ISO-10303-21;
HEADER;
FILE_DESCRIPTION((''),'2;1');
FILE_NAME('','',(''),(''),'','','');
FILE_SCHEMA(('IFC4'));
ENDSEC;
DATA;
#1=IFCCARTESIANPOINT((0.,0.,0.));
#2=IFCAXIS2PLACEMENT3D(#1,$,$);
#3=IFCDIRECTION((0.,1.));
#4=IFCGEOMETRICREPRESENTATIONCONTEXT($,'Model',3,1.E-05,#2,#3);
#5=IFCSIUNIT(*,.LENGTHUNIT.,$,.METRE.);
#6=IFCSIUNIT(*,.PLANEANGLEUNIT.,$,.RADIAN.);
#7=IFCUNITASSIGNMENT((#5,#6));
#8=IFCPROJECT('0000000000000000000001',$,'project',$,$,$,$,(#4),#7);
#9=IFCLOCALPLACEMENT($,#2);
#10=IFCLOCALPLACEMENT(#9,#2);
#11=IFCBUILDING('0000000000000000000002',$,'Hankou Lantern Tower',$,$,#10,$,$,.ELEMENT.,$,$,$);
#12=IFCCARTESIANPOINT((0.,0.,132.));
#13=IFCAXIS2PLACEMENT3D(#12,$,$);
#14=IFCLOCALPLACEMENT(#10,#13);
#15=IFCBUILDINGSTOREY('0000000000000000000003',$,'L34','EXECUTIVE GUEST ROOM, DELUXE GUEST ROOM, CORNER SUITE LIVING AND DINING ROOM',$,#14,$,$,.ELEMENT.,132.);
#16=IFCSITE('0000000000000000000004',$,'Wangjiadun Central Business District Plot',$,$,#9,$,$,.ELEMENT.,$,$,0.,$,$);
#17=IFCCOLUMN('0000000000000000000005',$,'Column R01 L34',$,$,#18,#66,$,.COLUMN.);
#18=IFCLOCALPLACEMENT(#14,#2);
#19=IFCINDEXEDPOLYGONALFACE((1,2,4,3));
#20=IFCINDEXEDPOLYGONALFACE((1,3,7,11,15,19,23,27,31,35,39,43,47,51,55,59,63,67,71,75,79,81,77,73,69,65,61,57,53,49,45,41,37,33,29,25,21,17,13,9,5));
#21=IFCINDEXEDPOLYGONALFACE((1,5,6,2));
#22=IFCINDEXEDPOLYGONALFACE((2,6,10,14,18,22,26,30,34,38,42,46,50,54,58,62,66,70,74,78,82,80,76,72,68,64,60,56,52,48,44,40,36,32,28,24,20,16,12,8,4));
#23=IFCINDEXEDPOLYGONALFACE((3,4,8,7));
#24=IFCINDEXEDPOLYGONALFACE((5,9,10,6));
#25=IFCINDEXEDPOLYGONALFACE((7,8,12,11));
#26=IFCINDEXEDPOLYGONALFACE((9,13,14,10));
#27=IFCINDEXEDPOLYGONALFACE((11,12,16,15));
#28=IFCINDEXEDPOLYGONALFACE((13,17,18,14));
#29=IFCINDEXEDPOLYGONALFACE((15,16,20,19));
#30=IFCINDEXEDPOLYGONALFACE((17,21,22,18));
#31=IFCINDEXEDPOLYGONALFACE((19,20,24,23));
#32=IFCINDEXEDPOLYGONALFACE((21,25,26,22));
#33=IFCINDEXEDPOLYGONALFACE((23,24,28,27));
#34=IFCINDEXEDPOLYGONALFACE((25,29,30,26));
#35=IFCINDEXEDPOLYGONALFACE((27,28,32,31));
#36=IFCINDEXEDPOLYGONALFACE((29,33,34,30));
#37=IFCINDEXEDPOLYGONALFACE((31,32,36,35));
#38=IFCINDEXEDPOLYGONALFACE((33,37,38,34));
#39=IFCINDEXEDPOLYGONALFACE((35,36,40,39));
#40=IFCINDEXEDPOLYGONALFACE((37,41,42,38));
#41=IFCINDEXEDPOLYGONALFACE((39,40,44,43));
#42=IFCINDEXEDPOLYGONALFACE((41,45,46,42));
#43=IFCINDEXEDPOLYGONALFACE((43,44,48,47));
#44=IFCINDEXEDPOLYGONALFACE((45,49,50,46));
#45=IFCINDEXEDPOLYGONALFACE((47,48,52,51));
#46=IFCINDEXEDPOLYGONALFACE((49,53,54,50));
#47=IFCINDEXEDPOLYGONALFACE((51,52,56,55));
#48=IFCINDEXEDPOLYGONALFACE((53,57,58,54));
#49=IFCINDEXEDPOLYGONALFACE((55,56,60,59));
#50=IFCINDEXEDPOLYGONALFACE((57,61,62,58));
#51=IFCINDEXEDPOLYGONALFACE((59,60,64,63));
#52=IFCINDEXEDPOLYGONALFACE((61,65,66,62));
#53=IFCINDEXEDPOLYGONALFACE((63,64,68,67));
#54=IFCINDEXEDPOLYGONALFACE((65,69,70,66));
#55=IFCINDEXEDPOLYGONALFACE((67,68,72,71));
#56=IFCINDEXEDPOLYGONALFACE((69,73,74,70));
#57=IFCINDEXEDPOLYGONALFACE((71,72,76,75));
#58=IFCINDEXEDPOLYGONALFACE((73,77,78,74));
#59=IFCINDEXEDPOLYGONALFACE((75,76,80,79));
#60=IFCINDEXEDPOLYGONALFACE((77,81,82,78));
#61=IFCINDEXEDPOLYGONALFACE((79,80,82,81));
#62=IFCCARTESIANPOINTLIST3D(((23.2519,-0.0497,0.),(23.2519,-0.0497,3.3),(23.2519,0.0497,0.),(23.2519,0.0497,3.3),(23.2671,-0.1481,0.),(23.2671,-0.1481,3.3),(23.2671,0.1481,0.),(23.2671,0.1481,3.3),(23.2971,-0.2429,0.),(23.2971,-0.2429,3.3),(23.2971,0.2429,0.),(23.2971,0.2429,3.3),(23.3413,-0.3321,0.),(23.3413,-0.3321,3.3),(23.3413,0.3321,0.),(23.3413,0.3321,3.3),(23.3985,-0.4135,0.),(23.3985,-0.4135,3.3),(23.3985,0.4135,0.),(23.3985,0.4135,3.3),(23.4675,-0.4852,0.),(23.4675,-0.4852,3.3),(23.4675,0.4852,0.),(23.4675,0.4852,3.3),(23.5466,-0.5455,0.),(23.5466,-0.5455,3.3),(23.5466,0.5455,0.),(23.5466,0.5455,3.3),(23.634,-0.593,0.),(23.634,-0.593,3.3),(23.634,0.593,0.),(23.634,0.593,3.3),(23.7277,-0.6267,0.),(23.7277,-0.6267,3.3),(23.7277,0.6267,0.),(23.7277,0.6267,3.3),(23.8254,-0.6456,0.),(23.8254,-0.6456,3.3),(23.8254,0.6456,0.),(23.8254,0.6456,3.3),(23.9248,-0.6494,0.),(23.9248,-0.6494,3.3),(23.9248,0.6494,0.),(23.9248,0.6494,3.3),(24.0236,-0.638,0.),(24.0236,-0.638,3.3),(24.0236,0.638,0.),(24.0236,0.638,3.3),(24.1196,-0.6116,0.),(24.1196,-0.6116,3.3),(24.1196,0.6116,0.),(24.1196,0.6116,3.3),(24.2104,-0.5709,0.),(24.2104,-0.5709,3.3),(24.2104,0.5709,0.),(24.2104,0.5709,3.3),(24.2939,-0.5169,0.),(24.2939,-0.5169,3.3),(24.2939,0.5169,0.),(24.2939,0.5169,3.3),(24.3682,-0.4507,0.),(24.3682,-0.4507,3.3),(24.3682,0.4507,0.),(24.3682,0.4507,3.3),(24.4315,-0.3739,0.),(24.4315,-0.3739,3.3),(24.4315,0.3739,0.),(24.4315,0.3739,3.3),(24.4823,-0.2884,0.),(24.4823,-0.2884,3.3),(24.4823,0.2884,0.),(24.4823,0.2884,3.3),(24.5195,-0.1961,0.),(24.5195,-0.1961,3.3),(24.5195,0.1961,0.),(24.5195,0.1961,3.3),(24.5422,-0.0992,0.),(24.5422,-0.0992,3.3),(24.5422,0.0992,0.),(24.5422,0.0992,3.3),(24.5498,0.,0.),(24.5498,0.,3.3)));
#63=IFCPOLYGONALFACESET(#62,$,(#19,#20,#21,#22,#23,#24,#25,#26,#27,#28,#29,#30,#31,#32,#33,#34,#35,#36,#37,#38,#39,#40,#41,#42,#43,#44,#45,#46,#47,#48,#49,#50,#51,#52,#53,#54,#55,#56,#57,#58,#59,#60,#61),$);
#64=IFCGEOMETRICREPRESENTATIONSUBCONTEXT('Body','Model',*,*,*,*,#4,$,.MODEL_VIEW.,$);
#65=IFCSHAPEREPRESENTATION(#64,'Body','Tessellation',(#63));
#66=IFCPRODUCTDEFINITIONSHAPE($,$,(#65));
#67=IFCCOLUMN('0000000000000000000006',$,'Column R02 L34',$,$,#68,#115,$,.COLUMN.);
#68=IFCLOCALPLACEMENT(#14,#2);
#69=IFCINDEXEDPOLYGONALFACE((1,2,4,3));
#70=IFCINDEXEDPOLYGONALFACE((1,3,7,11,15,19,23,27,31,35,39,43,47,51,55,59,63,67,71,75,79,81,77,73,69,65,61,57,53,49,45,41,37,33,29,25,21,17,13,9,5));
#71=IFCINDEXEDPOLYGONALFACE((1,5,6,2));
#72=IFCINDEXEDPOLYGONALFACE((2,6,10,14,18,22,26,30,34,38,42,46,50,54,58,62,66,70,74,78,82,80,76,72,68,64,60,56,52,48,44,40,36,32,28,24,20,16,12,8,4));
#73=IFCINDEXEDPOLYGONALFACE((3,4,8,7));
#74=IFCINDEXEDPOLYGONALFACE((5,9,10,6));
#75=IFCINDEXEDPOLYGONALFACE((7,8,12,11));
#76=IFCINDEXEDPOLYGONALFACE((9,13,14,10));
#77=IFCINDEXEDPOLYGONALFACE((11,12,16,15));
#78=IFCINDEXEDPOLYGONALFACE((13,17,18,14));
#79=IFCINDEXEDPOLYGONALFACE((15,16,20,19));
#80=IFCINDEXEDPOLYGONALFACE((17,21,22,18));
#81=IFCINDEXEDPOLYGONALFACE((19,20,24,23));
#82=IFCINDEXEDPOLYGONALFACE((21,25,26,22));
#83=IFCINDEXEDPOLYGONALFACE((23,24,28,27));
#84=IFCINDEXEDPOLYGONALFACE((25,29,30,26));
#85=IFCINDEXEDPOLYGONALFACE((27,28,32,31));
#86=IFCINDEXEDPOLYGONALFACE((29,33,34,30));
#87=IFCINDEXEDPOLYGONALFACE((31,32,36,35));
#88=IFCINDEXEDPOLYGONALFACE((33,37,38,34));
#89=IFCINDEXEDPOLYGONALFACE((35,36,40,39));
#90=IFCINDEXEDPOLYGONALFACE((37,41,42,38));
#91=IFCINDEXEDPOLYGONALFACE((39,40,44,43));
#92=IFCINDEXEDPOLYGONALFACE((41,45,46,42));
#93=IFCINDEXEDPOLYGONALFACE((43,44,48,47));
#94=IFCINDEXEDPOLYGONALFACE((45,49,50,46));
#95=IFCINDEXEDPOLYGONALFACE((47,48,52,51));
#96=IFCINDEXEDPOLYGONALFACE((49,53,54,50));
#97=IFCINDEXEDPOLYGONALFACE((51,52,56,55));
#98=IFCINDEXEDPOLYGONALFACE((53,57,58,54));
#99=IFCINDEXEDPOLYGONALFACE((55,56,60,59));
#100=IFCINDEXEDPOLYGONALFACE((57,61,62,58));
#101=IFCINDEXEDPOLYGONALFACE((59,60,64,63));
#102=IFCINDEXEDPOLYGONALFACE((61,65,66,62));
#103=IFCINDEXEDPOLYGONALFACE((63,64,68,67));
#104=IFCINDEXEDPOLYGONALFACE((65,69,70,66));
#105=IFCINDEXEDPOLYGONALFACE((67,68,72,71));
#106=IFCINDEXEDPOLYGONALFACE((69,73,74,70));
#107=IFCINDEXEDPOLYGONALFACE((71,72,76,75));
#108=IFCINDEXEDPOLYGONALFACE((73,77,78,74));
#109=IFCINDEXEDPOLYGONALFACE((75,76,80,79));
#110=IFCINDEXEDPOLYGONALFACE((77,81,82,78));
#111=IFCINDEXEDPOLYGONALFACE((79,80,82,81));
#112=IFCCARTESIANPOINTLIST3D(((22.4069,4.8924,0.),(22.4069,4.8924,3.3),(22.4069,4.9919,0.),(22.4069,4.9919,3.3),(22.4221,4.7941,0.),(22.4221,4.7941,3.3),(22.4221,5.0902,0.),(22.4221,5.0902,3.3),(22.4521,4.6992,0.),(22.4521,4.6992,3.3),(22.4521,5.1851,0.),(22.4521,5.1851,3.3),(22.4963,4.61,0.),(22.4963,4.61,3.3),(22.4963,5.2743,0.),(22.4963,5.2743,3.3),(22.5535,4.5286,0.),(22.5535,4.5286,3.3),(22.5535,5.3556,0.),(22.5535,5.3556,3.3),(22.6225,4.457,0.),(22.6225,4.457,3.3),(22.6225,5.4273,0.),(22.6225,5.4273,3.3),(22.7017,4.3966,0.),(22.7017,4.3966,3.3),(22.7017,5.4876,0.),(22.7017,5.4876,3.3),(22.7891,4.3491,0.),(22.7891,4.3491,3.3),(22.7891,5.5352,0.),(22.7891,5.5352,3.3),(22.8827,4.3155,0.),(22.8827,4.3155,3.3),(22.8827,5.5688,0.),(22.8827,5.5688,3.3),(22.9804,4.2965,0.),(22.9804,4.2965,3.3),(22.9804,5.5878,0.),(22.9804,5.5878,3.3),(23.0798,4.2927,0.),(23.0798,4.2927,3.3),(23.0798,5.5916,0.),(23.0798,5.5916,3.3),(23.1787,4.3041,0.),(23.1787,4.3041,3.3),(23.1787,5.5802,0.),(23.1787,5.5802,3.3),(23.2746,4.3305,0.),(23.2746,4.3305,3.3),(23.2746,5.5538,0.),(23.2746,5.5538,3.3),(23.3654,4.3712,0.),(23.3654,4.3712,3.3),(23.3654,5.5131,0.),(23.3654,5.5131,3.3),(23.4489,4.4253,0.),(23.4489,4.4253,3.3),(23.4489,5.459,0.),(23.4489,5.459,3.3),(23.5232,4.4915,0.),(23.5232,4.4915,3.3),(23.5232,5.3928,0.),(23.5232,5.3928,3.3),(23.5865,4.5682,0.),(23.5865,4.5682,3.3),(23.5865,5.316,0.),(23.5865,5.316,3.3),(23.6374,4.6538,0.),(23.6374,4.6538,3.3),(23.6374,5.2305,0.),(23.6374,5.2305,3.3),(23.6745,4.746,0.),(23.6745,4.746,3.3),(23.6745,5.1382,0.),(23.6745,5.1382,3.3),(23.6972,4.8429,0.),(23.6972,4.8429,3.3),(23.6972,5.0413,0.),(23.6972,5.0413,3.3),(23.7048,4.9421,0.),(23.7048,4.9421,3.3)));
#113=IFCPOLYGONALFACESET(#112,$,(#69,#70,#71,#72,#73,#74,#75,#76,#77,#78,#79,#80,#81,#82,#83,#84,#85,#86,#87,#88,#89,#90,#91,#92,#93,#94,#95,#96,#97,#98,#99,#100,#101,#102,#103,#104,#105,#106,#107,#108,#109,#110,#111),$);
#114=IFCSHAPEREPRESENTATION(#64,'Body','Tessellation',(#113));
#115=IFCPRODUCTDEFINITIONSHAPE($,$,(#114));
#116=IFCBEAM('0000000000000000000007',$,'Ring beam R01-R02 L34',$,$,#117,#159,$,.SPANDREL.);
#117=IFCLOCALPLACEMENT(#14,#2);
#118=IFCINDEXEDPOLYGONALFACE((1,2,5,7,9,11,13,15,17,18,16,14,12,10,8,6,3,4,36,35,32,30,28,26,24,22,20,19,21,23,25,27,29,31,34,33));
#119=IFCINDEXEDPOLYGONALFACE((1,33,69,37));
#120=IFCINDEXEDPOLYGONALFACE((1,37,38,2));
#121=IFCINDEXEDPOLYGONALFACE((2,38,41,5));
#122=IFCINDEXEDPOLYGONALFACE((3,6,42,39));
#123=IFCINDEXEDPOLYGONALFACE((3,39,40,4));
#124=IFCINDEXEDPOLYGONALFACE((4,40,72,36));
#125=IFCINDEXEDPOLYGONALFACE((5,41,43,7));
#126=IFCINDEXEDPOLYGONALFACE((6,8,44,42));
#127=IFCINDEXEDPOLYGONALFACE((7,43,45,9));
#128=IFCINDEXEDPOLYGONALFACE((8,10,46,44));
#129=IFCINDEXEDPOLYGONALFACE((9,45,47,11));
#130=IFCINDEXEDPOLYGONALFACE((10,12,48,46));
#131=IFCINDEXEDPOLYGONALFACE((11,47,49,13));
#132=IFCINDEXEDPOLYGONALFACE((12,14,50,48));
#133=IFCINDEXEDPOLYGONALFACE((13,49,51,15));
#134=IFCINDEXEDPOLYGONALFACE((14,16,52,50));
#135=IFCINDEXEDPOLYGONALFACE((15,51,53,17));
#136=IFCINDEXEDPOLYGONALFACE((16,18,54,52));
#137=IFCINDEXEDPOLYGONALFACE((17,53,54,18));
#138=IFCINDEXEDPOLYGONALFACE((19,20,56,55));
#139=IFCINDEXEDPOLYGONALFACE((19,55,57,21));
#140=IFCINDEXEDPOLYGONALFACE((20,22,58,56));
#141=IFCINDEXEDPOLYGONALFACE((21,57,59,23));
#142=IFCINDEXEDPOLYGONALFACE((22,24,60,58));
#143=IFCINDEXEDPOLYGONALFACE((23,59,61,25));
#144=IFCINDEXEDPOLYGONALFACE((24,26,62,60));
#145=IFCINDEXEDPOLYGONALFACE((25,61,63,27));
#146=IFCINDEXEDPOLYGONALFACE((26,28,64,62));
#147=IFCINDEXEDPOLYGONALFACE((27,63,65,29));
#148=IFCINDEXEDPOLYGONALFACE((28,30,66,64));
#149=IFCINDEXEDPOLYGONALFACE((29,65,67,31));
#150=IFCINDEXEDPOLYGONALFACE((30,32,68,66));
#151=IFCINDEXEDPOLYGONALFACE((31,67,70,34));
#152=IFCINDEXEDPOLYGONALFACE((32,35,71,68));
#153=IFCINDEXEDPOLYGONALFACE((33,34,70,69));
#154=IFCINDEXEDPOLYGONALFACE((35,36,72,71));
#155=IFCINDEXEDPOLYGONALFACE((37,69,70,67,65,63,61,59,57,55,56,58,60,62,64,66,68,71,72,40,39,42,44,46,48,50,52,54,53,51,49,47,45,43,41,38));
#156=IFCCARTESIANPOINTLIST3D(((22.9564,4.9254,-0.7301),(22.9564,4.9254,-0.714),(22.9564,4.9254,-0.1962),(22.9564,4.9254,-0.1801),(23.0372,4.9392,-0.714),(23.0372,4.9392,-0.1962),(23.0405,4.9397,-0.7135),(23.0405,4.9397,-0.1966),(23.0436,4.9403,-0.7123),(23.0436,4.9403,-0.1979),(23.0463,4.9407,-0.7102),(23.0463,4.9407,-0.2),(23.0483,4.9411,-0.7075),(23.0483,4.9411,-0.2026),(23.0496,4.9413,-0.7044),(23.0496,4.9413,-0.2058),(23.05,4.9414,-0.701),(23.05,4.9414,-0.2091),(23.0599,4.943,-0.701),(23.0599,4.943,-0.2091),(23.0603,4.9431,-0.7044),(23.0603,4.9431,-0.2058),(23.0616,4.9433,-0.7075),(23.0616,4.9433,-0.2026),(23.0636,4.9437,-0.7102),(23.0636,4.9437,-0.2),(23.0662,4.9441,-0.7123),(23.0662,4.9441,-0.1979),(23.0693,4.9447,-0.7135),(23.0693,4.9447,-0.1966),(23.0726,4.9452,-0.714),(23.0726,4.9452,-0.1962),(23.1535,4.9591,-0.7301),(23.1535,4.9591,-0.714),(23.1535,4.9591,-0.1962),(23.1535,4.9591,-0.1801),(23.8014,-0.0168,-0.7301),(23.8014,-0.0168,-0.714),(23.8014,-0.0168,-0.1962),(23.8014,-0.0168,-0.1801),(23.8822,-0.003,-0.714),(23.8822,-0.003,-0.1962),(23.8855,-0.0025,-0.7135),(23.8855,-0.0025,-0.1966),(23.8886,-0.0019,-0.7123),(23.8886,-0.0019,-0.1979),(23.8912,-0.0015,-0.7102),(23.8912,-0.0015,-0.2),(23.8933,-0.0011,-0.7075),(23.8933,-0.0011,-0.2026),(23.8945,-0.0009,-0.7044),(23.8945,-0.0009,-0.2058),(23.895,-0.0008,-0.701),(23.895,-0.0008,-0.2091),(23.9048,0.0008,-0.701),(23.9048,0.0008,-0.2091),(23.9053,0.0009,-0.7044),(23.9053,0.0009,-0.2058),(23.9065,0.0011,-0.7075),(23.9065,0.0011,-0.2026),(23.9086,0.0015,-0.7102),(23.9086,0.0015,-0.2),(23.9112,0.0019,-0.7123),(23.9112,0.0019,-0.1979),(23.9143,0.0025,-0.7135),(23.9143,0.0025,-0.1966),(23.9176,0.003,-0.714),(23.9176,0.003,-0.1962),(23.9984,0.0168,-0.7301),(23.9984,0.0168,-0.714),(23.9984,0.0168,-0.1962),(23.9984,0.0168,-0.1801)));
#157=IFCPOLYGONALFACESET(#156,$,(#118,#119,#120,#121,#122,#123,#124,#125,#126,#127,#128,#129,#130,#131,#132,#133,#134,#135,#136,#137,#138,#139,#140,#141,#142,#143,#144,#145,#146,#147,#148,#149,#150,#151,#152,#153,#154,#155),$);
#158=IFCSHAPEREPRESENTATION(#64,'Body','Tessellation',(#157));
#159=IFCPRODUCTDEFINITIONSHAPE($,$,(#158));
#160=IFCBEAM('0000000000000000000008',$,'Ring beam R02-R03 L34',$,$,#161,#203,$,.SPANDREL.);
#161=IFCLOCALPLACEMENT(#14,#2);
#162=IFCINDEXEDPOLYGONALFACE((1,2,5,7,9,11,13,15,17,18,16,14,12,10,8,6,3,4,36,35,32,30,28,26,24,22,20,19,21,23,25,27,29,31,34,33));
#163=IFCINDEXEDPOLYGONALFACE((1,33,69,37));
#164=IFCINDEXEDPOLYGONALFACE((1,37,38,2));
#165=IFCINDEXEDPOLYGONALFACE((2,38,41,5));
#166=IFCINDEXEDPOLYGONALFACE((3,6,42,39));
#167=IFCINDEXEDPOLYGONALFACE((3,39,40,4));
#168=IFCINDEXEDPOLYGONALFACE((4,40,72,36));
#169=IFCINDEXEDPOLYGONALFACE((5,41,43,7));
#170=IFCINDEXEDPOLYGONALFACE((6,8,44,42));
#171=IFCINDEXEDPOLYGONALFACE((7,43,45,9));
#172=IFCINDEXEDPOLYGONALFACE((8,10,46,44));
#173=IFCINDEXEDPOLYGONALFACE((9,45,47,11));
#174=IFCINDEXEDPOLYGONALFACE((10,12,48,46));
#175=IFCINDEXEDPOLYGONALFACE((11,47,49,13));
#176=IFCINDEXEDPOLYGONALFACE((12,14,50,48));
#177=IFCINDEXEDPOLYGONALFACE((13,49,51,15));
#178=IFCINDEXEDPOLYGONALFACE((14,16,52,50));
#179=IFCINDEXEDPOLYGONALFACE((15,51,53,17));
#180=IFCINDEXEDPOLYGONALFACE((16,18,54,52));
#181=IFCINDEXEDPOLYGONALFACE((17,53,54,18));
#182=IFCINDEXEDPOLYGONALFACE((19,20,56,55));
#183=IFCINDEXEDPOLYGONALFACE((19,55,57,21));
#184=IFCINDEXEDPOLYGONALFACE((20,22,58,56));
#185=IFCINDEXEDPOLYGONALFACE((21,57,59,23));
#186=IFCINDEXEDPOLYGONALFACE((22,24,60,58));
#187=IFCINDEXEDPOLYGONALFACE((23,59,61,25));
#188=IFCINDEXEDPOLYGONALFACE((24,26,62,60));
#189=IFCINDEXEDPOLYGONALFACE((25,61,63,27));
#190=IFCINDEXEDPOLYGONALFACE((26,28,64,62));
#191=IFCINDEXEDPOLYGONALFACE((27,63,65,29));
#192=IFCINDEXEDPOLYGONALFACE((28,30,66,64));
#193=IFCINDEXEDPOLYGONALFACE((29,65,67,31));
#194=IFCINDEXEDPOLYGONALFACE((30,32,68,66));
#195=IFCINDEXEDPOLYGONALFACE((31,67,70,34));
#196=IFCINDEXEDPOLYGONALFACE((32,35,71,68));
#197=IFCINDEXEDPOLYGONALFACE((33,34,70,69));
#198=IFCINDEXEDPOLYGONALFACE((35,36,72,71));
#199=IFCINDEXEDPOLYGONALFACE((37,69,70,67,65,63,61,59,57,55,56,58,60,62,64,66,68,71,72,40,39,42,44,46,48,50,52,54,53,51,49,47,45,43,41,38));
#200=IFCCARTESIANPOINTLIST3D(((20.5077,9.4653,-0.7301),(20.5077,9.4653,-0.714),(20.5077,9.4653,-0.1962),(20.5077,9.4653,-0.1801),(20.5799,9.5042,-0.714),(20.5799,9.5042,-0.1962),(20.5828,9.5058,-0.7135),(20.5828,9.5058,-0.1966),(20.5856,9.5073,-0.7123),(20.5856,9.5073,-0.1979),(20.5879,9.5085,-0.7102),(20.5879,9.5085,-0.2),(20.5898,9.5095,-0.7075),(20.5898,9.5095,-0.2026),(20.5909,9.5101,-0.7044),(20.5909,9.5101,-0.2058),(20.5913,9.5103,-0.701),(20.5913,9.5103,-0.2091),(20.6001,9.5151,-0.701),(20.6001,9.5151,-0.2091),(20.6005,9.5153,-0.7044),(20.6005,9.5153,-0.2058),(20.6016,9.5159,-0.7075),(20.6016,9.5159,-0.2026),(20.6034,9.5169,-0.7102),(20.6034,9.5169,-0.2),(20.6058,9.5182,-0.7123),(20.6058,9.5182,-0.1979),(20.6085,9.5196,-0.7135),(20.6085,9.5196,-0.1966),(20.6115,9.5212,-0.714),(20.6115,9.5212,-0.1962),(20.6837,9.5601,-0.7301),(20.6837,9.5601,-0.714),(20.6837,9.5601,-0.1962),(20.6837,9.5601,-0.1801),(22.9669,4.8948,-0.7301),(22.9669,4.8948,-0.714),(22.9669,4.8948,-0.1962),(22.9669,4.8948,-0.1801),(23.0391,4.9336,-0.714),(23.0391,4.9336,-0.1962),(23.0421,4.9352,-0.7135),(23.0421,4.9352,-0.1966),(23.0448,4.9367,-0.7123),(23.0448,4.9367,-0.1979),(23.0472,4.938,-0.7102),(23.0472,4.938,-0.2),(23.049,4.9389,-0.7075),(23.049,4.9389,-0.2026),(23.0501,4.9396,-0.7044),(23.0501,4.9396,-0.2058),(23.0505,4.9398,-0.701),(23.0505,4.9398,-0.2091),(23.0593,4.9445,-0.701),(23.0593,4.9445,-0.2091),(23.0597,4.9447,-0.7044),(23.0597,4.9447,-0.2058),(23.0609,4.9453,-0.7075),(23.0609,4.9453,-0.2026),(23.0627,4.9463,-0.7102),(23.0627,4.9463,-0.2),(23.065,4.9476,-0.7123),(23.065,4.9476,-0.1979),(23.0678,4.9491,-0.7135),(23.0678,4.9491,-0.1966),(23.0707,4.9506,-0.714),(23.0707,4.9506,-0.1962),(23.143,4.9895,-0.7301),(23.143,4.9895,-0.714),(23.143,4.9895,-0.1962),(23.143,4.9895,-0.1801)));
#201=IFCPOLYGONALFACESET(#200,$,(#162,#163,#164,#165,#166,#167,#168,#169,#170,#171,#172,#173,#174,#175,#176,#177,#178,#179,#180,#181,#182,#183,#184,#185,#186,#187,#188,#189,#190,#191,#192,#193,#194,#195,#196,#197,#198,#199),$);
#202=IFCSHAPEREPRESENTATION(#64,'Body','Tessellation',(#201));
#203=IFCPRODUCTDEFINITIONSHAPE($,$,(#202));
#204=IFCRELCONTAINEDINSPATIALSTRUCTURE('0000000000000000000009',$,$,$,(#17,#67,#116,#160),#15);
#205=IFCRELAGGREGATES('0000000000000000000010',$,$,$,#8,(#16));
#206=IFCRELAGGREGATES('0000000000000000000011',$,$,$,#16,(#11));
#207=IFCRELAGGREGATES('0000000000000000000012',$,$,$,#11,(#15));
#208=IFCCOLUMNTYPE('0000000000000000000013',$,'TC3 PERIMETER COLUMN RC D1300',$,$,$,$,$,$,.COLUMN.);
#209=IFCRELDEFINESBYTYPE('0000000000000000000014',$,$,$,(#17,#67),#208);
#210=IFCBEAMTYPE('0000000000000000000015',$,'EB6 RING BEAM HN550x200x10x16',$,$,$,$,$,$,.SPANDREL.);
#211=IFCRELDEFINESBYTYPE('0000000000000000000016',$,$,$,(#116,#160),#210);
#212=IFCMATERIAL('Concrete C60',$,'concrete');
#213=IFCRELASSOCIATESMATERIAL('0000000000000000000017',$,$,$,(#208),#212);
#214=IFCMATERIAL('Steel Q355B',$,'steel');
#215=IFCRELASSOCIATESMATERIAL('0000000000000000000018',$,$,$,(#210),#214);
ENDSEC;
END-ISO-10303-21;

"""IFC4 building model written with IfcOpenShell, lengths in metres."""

from ifc_helpers import new_model, si_unit, direction, frame, origin, origin_2d, place, context, subcontext, project, spatial, circle, i_section, extrude, material, material_profile, profile_set, type_object, element, save


model = new_model("IFC4")

# Units and contexts
model_context = context("Model", 3, precision=1e-05, world=origin(), true_north=direction((0.0, 1.0)))
body_context = subcontext(model_context, "Body", "Model", "MODEL_VIEW")
ifc_project = project(units=[si_unit("LENGTHUNIT", "METRE"), si_unit("PLANEANGLEUNIT", "RADIAN")], contexts=[model_context])

# Site, building, storey
site_placement = place(None, origin())
site = spatial("IfcSite", under=ifc_project, at=site_placement, Name="Wangjiadun Central Business District Plot", CompositionType="ELEMENT", RefElevation=0.0)
building_placement = place(site_placement, origin())
building = spatial("IfcBuilding", under=site, at=building_placement, Name="Hankou Lantern Tower", CompositionType="ELEMENT")
storey_placement = place(building_placement, frame((0.0, 0.0, 132.0)))
storey = spatial("IfcBuildingStorey", under=building, at=storey_placement, Name="L34", Description="EXECUTIVE GUEST ROOM, DELUXE GUEST ROOM, CORNER SUITE LIVING AND DINING ROOM", CompositionType="ELEMENT", Elevation=132.0)

# Columns
ifc_material_1 = material(Name="Concrete C60", Category="concrete")
ifc_material_profile_1 = material_profile(ifc_material_1, circle(Radius=0.6499, at=origin_2d()), Name="RC D1300")
ifc_profile_set_1 = profile_set([ifc_material_profile_1], Name="Concrete C60")
column_type = type_object("IfcColumnType", Name="TC3 PERIMETER COLUMN RC D1300", PredefinedType="COLUMN", material=ifc_profile_set_1)
for number, where, z_axis, x_axis, name in (
    (1, (23.8999, 0.0, 0.0), (0.0, 0.0, 1.0), (1.0, 0.0, 0.0), "Column R01 L34"),
    (2, (23.0549, 4.9421, 0.0), (0.0, 0.0, 1.0), (1.0, 0.0, 0.0), "Column R02 L34"),
):
    element("IfcColumn", number, at=place(storey_placement, frame(where, z_axis=z_axis, x_axis=x_axis)), inside=storey, type_object=column_type, Name=name, PredefinedType="COLUMN", context=body_context, shape_type="SweptSolid", body=[
        extrude(circle(Radius=0.6499, at=origin_2d()), origin(), (0.0, 0.0, 1.0), 3.3),
    ])

# Beams
ifc_material_2 = material(Name="Steel Q355B", Category="steel")
ifc_material_profile_2 = material_profile(ifc_material_2, i_section(OverallWidth=0.2, OverallDepth=0.55, WebThickness=0.01, FlangeThickness=0.0161, FilletRadius=0.0129, at=origin_2d()), Name="HN550x200x10x16")
ifc_profile_set_2 = profile_set([ifc_material_profile_2], Name="Steel Q355B")
beam_type_1 = type_object("IfcBeamType", Name="EB6 RING BEAM HN550x200x10x16", PredefinedType="SPANDREL", material=ifc_profile_set_2)
beam_1_placement = place(storey_placement, frame((23.8999, 0.0, -0.4551), z_axis=(-0.168527, 0.985697, 0.0), x_axis=(-0.985697, -0.168527, 0.0)))
element("IfcBeam", 3, at=beam_1_placement, inside=storey, type_object=beam_type_1, Name="Ring beam R01-R02 L34", PredefinedType="SPANDREL", context=body_context, shape_type="SweptSolid", body=[
    extrude(i_section(OverallWidth=0.2, OverallDepth=0.55, WebThickness=0.01, FlangeThickness=0.0161, FilletRadius=0.0129, at=origin_2d()), origin(), (0.0, 0.0, 1.0), 5.0139),
])
beam_2_placement = place(storey_placement, frame((23.0549, 4.9421, -0.4551), z_axis=(-0.473825, 0.880619, 0.0), x_axis=(-0.880619, -0.473825, 0.0)))
element("IfcBeam", 4, at=beam_2_placement, inside=storey, type_object=beam_type_1, Name="Ring beam R02-R03 L34", PredefinedType="SPANDREL", context=body_context, shape_type="SweptSolid", body=[
    extrude(i_section(OverallWidth=0.2, OverallDepth=0.55, WebThickness=0.01, FlangeThickness=0.0161, FilletRadius=0.0129, at=origin_2d()), origin(), (0.0, 0.0, 1.0), 5.1902),
])

save(model, "model.ifc")
